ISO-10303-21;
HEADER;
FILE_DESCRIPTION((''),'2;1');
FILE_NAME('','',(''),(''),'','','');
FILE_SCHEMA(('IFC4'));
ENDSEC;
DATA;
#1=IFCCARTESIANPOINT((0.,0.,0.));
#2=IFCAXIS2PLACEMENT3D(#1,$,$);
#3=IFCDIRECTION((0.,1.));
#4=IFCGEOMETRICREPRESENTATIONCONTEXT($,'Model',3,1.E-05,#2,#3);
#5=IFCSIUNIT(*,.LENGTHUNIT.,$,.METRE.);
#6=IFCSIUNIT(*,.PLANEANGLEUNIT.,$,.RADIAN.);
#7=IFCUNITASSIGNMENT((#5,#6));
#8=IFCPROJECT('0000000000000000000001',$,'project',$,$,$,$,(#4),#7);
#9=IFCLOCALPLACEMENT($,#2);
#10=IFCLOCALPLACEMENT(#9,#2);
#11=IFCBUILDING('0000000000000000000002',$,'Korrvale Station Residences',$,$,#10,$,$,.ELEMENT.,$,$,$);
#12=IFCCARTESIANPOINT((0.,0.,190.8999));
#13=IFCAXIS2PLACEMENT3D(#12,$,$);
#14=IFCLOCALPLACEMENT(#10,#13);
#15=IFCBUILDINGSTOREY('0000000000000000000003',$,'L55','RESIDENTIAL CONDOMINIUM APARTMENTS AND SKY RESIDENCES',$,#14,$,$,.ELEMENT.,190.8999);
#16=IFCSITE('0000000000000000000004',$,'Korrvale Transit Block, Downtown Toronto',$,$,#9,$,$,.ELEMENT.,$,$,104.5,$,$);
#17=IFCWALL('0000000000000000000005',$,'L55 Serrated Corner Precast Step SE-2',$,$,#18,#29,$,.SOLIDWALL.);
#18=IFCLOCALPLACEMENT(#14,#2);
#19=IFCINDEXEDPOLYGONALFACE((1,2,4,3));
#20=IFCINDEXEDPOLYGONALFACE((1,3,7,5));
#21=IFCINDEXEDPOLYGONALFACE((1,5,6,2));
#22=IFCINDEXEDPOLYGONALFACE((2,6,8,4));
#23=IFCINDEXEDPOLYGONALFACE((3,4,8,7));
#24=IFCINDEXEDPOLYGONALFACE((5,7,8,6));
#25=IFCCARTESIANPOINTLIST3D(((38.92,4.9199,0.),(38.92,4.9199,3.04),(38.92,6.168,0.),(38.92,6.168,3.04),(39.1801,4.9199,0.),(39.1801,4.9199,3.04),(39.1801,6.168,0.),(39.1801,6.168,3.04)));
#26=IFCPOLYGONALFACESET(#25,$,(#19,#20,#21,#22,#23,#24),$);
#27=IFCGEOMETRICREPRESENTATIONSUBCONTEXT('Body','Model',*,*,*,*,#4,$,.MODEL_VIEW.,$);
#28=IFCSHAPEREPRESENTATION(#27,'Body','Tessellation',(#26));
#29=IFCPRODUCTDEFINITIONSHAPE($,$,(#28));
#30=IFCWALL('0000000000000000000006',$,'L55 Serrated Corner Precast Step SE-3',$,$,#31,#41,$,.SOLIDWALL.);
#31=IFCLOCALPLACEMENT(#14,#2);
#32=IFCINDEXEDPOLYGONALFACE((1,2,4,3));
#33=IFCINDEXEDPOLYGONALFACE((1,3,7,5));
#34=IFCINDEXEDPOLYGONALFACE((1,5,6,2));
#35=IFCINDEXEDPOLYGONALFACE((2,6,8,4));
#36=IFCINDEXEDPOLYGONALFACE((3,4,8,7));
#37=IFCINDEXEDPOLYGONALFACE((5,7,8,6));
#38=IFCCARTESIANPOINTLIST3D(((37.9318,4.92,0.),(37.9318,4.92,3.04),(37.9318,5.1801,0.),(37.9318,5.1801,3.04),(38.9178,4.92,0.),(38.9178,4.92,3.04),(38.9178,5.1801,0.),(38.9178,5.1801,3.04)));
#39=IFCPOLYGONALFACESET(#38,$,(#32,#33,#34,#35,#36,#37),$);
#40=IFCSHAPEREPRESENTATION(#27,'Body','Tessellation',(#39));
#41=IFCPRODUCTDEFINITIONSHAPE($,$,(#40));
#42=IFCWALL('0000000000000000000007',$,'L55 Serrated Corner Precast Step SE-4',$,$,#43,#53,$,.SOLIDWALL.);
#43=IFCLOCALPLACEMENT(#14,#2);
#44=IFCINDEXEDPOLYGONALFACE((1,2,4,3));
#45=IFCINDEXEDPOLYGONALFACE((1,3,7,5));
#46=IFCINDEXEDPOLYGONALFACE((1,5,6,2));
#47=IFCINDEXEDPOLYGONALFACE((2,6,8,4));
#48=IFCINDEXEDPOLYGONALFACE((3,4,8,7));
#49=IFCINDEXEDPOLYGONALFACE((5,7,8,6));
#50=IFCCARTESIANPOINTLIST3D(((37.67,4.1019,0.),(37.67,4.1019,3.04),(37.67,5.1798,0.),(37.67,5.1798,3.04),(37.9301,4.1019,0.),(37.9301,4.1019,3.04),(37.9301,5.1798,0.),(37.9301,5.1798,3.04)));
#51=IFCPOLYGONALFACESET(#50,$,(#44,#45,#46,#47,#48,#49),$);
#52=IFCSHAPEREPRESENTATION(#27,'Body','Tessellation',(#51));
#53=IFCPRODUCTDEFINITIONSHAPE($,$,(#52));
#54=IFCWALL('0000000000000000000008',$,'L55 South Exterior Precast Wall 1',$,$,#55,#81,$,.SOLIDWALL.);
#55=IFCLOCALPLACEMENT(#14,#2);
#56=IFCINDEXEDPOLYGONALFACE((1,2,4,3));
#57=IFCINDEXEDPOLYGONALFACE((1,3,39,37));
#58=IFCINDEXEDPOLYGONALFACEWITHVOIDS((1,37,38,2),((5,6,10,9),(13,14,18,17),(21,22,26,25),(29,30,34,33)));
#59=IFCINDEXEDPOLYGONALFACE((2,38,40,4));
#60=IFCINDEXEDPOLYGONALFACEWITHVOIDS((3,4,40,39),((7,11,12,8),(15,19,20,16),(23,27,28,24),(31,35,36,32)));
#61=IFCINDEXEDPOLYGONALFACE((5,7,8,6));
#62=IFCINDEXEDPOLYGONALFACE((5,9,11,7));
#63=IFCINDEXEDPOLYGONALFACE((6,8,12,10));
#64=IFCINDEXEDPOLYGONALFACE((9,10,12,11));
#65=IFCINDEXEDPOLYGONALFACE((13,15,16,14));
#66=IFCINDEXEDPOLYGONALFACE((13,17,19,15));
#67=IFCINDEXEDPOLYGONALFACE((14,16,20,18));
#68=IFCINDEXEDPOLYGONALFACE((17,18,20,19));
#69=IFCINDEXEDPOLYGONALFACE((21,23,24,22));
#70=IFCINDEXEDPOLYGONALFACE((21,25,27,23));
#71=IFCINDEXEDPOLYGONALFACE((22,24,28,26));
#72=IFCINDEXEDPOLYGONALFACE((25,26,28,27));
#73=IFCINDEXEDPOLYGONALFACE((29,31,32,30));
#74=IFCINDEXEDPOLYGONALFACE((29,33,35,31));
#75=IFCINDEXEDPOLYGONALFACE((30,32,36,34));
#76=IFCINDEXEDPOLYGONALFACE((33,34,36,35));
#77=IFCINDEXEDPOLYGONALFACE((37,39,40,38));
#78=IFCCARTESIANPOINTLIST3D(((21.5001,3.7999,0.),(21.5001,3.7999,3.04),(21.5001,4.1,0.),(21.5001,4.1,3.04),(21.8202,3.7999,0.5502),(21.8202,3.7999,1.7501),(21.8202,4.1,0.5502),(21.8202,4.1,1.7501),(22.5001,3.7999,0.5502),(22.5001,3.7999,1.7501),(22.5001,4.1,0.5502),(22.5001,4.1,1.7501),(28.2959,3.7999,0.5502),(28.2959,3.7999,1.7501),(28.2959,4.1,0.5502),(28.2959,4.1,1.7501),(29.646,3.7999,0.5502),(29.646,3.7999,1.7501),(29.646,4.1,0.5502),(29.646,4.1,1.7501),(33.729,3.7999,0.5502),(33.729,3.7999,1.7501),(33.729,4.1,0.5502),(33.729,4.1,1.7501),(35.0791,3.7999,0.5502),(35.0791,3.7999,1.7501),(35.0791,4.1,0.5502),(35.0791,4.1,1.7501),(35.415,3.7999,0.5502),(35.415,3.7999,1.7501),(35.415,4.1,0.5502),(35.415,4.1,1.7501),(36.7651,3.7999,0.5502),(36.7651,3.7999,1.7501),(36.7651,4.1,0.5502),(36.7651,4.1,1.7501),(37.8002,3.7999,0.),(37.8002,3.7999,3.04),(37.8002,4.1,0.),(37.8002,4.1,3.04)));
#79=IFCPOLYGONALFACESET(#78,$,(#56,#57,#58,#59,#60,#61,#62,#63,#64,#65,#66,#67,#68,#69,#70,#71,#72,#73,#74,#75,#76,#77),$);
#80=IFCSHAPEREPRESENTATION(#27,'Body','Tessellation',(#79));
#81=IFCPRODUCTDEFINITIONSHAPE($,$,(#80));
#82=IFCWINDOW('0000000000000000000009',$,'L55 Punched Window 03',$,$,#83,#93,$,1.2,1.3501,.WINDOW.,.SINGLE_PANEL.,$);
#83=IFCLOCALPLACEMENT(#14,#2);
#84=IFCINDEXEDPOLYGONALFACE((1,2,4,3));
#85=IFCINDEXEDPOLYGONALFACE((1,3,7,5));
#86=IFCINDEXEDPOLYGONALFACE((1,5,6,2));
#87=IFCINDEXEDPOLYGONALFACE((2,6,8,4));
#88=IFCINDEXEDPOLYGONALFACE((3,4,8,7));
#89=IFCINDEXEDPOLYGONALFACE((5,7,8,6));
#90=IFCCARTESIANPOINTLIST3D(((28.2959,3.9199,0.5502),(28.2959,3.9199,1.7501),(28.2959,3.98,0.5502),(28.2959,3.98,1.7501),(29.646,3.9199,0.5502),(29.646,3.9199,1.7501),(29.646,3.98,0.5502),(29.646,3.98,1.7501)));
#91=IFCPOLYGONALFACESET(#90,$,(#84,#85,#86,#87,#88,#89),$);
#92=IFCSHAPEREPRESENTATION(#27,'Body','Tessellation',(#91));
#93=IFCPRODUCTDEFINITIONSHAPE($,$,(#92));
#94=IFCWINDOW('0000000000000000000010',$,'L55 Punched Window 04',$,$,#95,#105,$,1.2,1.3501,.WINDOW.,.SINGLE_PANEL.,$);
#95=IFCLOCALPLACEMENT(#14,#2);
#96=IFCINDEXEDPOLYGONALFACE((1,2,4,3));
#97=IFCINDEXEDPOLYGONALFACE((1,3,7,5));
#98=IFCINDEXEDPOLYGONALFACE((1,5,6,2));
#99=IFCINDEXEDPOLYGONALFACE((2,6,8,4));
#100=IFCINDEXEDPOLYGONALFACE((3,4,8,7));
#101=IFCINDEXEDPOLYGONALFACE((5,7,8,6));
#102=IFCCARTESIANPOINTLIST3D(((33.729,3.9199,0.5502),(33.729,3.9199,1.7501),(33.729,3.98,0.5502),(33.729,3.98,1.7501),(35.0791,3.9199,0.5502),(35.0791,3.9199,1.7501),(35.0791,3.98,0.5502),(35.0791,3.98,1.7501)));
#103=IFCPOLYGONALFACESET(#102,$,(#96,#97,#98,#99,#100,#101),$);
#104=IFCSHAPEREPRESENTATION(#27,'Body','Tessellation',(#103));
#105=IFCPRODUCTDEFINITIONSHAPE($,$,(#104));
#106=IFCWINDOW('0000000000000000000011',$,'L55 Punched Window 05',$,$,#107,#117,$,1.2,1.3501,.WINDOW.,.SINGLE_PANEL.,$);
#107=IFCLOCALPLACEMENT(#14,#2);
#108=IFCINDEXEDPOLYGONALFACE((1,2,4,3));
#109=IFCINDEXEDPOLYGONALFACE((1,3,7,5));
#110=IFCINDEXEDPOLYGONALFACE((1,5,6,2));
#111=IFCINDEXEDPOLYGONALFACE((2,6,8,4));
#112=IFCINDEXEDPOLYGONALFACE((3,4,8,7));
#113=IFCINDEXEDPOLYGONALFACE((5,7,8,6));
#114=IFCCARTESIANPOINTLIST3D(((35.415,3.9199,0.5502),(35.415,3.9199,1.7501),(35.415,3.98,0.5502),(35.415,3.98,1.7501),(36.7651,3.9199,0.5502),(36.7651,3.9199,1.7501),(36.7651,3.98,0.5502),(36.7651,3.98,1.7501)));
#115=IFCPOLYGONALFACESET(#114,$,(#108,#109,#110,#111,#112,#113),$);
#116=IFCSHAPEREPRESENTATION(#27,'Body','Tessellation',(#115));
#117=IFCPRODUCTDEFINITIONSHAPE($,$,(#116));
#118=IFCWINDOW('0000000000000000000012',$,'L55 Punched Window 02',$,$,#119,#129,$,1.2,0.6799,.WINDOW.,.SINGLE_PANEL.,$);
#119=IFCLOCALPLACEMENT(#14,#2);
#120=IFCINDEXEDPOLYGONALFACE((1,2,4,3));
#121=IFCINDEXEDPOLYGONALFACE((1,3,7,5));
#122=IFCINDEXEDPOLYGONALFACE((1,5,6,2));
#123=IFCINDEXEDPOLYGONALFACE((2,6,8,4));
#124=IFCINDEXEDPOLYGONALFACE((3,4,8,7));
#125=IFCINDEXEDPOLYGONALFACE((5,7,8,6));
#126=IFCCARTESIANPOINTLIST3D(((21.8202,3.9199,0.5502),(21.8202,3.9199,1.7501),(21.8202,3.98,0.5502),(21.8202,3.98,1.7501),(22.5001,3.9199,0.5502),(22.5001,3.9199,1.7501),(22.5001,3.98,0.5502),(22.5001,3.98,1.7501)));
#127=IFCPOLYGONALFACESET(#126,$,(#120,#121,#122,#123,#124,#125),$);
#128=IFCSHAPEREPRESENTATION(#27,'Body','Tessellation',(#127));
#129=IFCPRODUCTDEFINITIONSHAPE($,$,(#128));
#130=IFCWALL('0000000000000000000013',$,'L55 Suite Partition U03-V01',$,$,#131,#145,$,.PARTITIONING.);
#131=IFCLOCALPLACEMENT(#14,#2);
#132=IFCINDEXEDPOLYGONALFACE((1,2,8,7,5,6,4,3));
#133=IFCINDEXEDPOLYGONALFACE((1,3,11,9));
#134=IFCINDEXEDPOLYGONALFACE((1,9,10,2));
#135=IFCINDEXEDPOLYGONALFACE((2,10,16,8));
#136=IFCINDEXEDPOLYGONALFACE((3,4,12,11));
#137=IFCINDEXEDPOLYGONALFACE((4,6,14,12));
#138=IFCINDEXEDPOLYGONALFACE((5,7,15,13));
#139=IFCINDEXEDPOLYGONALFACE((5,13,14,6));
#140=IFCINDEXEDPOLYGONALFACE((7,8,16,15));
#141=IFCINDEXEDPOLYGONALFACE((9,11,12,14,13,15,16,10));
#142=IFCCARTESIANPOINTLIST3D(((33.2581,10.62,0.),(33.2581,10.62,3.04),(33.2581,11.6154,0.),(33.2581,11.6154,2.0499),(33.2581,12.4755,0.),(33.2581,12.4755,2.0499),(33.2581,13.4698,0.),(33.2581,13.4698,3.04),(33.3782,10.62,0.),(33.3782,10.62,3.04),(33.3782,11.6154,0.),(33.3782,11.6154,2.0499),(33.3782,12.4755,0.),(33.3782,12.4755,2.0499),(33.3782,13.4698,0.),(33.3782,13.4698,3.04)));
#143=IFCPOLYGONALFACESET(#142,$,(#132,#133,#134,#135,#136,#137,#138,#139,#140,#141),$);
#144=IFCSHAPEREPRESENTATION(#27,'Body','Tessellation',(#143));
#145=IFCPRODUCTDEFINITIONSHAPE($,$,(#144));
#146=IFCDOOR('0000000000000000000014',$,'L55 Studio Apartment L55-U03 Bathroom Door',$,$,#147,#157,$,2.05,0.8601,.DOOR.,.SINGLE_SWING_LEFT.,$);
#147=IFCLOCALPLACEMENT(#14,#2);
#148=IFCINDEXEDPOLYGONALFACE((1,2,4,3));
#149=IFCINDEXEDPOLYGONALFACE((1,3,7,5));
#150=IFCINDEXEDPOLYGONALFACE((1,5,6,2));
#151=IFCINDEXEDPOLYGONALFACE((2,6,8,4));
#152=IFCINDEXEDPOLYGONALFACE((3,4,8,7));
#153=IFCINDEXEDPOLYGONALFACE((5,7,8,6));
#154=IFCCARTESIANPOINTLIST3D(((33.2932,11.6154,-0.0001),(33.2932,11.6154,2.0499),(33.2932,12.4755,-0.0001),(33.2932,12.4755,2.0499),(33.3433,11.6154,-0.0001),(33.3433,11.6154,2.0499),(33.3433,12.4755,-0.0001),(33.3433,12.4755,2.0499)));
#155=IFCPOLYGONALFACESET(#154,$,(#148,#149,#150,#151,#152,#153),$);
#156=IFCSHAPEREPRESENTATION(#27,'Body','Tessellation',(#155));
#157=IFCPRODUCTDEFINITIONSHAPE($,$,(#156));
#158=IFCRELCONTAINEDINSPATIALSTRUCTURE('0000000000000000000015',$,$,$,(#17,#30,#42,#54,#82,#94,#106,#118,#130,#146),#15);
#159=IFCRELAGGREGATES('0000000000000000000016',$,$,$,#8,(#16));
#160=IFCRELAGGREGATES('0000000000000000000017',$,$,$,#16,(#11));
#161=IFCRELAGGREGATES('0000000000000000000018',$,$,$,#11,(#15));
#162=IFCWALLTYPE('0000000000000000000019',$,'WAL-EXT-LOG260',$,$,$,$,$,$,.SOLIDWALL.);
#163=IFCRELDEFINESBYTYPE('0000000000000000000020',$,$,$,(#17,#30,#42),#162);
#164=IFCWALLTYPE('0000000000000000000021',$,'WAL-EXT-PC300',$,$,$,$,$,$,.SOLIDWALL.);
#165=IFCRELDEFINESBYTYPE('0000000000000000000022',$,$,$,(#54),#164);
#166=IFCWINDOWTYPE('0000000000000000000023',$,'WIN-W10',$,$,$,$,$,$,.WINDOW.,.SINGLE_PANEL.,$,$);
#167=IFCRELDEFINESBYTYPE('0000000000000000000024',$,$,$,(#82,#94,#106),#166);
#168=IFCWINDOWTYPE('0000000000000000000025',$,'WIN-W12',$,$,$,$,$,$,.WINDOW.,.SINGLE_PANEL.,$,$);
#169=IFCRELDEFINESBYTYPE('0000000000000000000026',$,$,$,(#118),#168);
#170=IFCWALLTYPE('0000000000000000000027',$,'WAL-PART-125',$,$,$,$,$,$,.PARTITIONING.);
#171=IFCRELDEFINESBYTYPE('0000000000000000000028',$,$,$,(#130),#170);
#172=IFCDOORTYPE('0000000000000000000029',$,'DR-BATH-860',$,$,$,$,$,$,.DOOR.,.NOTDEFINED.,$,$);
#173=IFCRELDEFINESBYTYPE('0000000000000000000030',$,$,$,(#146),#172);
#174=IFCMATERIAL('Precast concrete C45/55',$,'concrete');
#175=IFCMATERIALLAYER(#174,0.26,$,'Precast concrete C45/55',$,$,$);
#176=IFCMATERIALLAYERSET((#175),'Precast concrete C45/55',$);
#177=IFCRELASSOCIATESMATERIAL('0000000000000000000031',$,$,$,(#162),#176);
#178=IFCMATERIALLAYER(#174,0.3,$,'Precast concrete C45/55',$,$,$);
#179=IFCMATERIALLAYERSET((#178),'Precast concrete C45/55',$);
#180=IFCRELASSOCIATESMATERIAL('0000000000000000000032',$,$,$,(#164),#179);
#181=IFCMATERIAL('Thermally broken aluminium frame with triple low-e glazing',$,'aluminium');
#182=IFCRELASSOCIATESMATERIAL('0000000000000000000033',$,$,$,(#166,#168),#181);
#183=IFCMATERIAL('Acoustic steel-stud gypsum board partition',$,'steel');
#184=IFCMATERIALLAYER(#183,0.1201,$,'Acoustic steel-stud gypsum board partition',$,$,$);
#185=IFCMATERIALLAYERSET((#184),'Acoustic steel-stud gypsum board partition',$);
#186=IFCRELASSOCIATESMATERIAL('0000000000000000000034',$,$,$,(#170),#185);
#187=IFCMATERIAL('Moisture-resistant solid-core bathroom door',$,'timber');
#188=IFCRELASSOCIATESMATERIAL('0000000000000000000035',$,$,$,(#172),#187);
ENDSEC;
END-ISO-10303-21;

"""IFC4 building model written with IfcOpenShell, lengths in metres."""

from ifc_helpers import new_model, si_unit, direction, frame, frame_2d, origin, place, context, subcontext, project, spatial, rectangle, extrude, material, layer, layer_set, type_object, element, fill, save


model = new_model("IFC4")

# Units and contexts
model_context = context("Model", 3, precision=1e-05, world=origin(), true_north=direction((0.0, 1.0)))
body_context = subcontext(model_context, "Body", "Model", "MODEL_VIEW")
ifc_project = project(units=[si_unit("LENGTHUNIT", "METRE"), si_unit("PLANEANGLEUNIT", "RADIAN")], contexts=[model_context])

# Site, building, storey
site_placement = place(None, origin())
site = spatial("IfcSite", under=ifc_project, at=site_placement, Name="Korrvale Transit Block, Downtown Toronto", CompositionType="ELEMENT", RefElevation=104.5)
building_placement = place(site_placement, origin())
building = spatial("IfcBuilding", under=site, at=building_placement, Name="Korrvale Station Residences", CompositionType="ELEMENT")
storey_placement = place(building_placement, frame((0.0, 0.0, 190.8999)))
storey = spatial("IfcBuildingStorey", under=building, at=storey_placement, Name="L55", Description="RESIDENTIAL CONDOMINIUM APARTMENTS AND SKY RESIDENCES", CompositionType="ELEMENT", Elevation=190.8999)

# Walls
ifc_material_1 = material(Name="Precast concrete C45/55", Category="concrete")
ifc_layer_1 = layer(ifc_material_1, 0.26, Name="Precast concrete C45/55")
ifc_layer_set_1 = layer_set([ifc_layer_1], Name="Precast concrete C45/55")
wall_type_1 = type_object("IfcWallType", Name="WAL-EXT-LOG260", PredefinedType="SOLIDWALL", material=ifc_layer_set_1)
wall_1_placement = place(storey_placement, frame((39.05, 6.168, 0.0), z_axis=(0.0, 0.0, 1.0), x_axis=(0.0, -1.0, 0.0)))
element("IfcWall", 1, at=wall_1_placement, inside=storey, type_object=wall_type_1, Name="L55 Serrated Corner Precast Step SE-2", PredefinedType="SOLIDWALL", context=body_context, shape_type="SweptSolid", body=[
    extrude(rectangle(XDim=1.248, YDim=0.26, at=frame_2d((0.624, 0.0))), origin(), (0.0, 0.0, 1.0), 3.04),
])
wall_2_placement = place(storey_placement, frame((38.918, 5.05, 0.0), z_axis=(0.0, 0.0, 1.0), x_axis=(-1.0, 0.0, 0.0)))
element("IfcWall", 2, at=wall_2_placement, inside=storey, type_object=wall_type_1, Name="L55 Serrated Corner Precast Step SE-3", PredefinedType="SOLIDWALL", context=body_context, shape_type="SweptSolid", body=[
    extrude(rectangle(XDim=0.9861, YDim=0.26, at=frame_2d((0.4932, 0.0))), origin(), (0.0, 0.0, 1.0), 3.04),
])
wall_3_placement = place(storey_placement, frame((37.8, 5.1799, 0.0), z_axis=(0.0, 0.0, 1.0), x_axis=(0.0, -1.0, 0.0)))
element("IfcWall", 3, at=wall_3_placement, inside=storey, type_object=wall_type_1, Name="L55 Serrated Corner Precast Step SE-4", PredefinedType="SOLIDWALL", context=body_context, shape_type="SweptSolid", body=[
    extrude(rectangle(XDim=1.0779, YDim=0.26, at=frame_2d((0.5391, 0.0))), origin(), (0.0, 0.0, 1.0), 3.04),
])

# Wall, openings, windows
ifc_layer_2 = layer(ifc_material_1, 0.3, Name="Precast concrete C45/55")
ifc_layer_set_2 = layer_set([ifc_layer_2], Name="Precast concrete C45/55")
wall_type_2 = type_object("IfcWallType", Name="WAL-EXT-PC300", PredefinedType="SOLIDWALL", material=ifc_layer_set_2)
wall_4_placement = place(storey_placement, frame((37.8, 3.95, 0.0), z_axis=(0.0, 0.0, 1.0), x_axis=(-1.0, 0.0, 0.0)))
wall_4 = element("IfcWall", 4, at=wall_4_placement, inside=storey, type_object=wall_type_2, Name="L55 South Exterior Precast Wall 1", PredefinedType="SOLIDWALL", context=body_context, shape_type="SweptSolid", body=[
    extrude(rectangle(XDim=16.3, YDim=0.3, at=frame_2d((8.1499, 0.0))), origin(), (0.0, 0.0, 1.0), 3.04),
])
opening_1_placement = place(wall_4_placement, frame((15.3, 0.0, 0.55)))
opening_1 = element("IfcOpeningElement", 5, at=opening_1_placement, cuts=wall_4, PredefinedType="OPENING", context=body_context, shape_type="SweptSolid", body=[
    extrude(rectangle(XDim=0.6799, YDim=1.2, at=frame_2d((0.3398, 0.6001))), frame((0.0, 0.1602, 0.0), z_axis=(0.0, -1.0, 0.0), x_axis=(1.0, 0.0, 0.0)), (0.0, 0.0, 1.0), 0.3201),
])
opening_2_placement = place(wall_4_placement, frame((8.1541, 0.0, 0.55)))
opening_2 = element("IfcOpeningElement", 6, at=opening_2_placement, cuts=wall_4, PredefinedType="OPENING", context=body_context, shape_type="SweptSolid", body=[
    extrude(rectangle(XDim=1.3501, YDim=1.2, at=frame_2d((0.675, 0.6001))), frame((0.0, 0.1602, 0.0), z_axis=(0.0, -1.0, 0.0), x_axis=(1.0, 0.0, 0.0)), (0.0, 0.0, 1.0), 0.3201),
])
opening_3_placement = place(wall_4_placement, frame((2.7209, 0.0, 0.55)))
opening_3 = element("IfcOpeningElement", 7, at=opening_3_placement, cuts=wall_4, PredefinedType="OPENING", context=body_context, shape_type="SweptSolid", body=[
    extrude(rectangle(XDim=1.3501, YDim=1.2, at=frame_2d((0.675, 0.6001))), frame((0.0, 0.1602, 0.0), z_axis=(0.0, -1.0, 0.0), x_axis=(1.0, 0.0, 0.0)), (0.0, 0.0, 1.0), 0.3201),
])
opening_4_placement = place(wall_4_placement, frame((1.0349, 0.0, 0.55)))
opening_4 = element("IfcOpeningElement", 8, at=opening_4_placement, cuts=wall_4, PredefinedType="OPENING", context=body_context, shape_type="SweptSolid", body=[
    extrude(rectangle(XDim=1.3501, YDim=1.2, at=frame_2d((0.675, 0.6001))), frame((0.0, 0.1602, 0.0), z_axis=(0.0, -1.0, 0.0), x_axis=(1.0, 0.0, 0.0)), (0.0, 0.0, 1.0), 0.3201),
])
ifc_material_2 = material(Name="Thermally broken aluminium frame with triple low-e glazing", Category="aluminium")
window_type_1 = type_object("IfcWindowType", Name="WIN-W10", PartitioningType="SINGLE_PANEL", PredefinedType="WINDOW", material=ifc_material_2)
window_1_placement = place(opening_2_placement, origin())
window_1 = element("IfcWindow", 9, at=window_1_placement, inside=storey, type_object=window_type_1, Name="L55 Punched Window 03", OverallHeight=1.2, OverallWidth=1.3501, PartitioningType="SINGLE_PANEL", PredefinedType="WINDOW", context=body_context, shape_type="SweptSolid", body=[
    extrude(rectangle(XDim=1.3501, YDim=1.2, at=frame_2d((0.675, 0.6001))), frame((0.0, 0.03, 0.0), z_axis=(0.0, -1.0, 0.0), x_axis=(1.0, 0.0, 0.0)), (0.0, 0.0, 1.0), 0.0601),
])
fill(opening_2, window_1)
window_2_placement = place(opening_3_placement, origin())
window_2 = element("IfcWindow", 10, at=window_2_placement, inside=storey, type_object=window_type_1, Name="L55 Punched Window 04", OverallHeight=1.2, OverallWidth=1.3501, PartitioningType="SINGLE_PANEL", PredefinedType="WINDOW", context=body_context, shape_type="SweptSolid", body=[
    extrude(rectangle(XDim=1.3501, YDim=1.2, at=frame_2d((0.675, 0.6001))), frame((0.0, 0.03, 0.0), z_axis=(0.0, -1.0, 0.0), x_axis=(1.0, 0.0, 0.0)), (0.0, 0.0, 1.0), 0.0601),
])
fill(opening_3, window_2)
window_3_placement = place(opening_4_placement, origin())
window_3 = element("IfcWindow", 11, at=window_3_placement, inside=storey, type_object=window_type_1, Name="L55 Punched Window 05", OverallHeight=1.2, OverallWidth=1.3501, PartitioningType="SINGLE_PANEL", PredefinedType="WINDOW", context=body_context, shape_type="SweptSolid", body=[
    extrude(rectangle(XDim=1.3501, YDim=1.2, at=frame_2d((0.675, 0.6001))), frame((0.0, 0.03, 0.0), z_axis=(0.0, -1.0, 0.0), x_axis=(1.0, 0.0, 0.0)), (0.0, 0.0, 1.0), 0.0601),
])
fill(opening_4, window_3)
window_type_2 = type_object("IfcWindowType", Name="WIN-W12", PartitioningType="SINGLE_PANEL", PredefinedType="WINDOW", material=ifc_material_2)
window_4_placement = place(opening_1_placement, origin())
window_4 = element("IfcWindow", 12, at=window_4_placement, inside=storey, type_object=window_type_2, Name="L55 Punched Window 02", OverallHeight=1.2, OverallWidth=0.6799, PartitioningType="SINGLE_PANEL", PredefinedType="WINDOW", context=body_context, shape_type="SweptSolid", body=[
    extrude(rectangle(XDim=0.6799, YDim=1.2, at=frame_2d((0.3398, 0.6001))), frame((0.0, 0.03, 0.0), z_axis=(0.0, -1.0, 0.0), x_axis=(1.0, 0.0, 0.0)), (0.0, 0.0, 1.0), 0.0601),
])
fill(opening_1, window_4)

# Wall, opening, door
ifc_material_3 = material(Name="Acoustic steel-stud gypsum board partition", Category="steel")
ifc_layer_3 = layer(ifc_material_3, 0.1201, Name="Acoustic steel-stud gypsum board partition")
ifc_layer_set_3 = layer_set([ifc_layer_3], Name="Acoustic steel-stud gypsum board partition")
wall_type_3 = type_object("IfcWallType", Name="WAL-PART-125", PredefinedType="PARTITIONING", material=ifc_layer_set_3)
wall_5_placement = place(storey_placement, frame((33.3181, 10.6201, 0.0), z_axis=(0.0, 0.0, 1.0), x_axis=(0.0, 1.0, 0.0)))
wall_5 = element("IfcWall", 13, at=wall_5_placement, inside=storey, type_object=wall_type_3, Name="L55 Suite Partition U03-V01", PredefinedType="PARTITIONING", context=body_context, shape_type="SweptSolid", body=[
    extrude(rectangle(XDim=2.8499, YDim=0.1201, at=frame_2d((1.4248, 0.0))), origin(), (0.0, 0.0, 1.0), 3.04),
])
opening_5_placement = place(wall_5_placement, frame((0.9951, 0.0, 0.0)))
opening_5 = element("IfcOpeningElement", 14, at=opening_5_placement, cuts=wall_5, PredefinedType="OPENING", context=body_context, shape_type="SweptSolid", body=[
    extrude(rectangle(XDim=0.8601, YDim=2.05, at=frame_2d((0.4302, 1.0249))), frame((0.0, 0.0701, 0.0), z_axis=(0.0, -1.0, 0.0), x_axis=(1.0, 0.0, 0.0)), (0.0, 0.0, 1.0), 0.1401),
])
ifc_material_4 = material(Name="Moisture-resistant solid-core bathroom door", Category="timber")
door_type_1 = type_object("IfcDoorType", Name="DR-BATH-860", OperationType="NOTDEFINED", PredefinedType="DOOR", material=ifc_material_4)
door_1_placement = place(opening_5_placement, origin())
door_1 = element("IfcDoor", 15, at=door_1_placement, inside=storey, type_object=door_type_1, Name="L55 Studio Apartment L55-U03 Bathroom Door", OperationType="SINGLE_SWING_LEFT", OverallHeight=2.05, OverallWidth=0.8601, PredefinedType="DOOR", context=body_context, shape_type="SweptSolid", body=[
    extrude(rectangle(XDim=0.8601, YDim=2.05, at=frame_2d((0.4302, 1.0249))), frame((0.0, 0.0249, 0.0), z_axis=(0.0, -1.0, 0.0), x_axis=(1.0, 0.0, 0.0)), (0.0, 0.0, 1.0), 0.05),
])
fill(opening_5, door_1)

save(model, "model.ifc")
